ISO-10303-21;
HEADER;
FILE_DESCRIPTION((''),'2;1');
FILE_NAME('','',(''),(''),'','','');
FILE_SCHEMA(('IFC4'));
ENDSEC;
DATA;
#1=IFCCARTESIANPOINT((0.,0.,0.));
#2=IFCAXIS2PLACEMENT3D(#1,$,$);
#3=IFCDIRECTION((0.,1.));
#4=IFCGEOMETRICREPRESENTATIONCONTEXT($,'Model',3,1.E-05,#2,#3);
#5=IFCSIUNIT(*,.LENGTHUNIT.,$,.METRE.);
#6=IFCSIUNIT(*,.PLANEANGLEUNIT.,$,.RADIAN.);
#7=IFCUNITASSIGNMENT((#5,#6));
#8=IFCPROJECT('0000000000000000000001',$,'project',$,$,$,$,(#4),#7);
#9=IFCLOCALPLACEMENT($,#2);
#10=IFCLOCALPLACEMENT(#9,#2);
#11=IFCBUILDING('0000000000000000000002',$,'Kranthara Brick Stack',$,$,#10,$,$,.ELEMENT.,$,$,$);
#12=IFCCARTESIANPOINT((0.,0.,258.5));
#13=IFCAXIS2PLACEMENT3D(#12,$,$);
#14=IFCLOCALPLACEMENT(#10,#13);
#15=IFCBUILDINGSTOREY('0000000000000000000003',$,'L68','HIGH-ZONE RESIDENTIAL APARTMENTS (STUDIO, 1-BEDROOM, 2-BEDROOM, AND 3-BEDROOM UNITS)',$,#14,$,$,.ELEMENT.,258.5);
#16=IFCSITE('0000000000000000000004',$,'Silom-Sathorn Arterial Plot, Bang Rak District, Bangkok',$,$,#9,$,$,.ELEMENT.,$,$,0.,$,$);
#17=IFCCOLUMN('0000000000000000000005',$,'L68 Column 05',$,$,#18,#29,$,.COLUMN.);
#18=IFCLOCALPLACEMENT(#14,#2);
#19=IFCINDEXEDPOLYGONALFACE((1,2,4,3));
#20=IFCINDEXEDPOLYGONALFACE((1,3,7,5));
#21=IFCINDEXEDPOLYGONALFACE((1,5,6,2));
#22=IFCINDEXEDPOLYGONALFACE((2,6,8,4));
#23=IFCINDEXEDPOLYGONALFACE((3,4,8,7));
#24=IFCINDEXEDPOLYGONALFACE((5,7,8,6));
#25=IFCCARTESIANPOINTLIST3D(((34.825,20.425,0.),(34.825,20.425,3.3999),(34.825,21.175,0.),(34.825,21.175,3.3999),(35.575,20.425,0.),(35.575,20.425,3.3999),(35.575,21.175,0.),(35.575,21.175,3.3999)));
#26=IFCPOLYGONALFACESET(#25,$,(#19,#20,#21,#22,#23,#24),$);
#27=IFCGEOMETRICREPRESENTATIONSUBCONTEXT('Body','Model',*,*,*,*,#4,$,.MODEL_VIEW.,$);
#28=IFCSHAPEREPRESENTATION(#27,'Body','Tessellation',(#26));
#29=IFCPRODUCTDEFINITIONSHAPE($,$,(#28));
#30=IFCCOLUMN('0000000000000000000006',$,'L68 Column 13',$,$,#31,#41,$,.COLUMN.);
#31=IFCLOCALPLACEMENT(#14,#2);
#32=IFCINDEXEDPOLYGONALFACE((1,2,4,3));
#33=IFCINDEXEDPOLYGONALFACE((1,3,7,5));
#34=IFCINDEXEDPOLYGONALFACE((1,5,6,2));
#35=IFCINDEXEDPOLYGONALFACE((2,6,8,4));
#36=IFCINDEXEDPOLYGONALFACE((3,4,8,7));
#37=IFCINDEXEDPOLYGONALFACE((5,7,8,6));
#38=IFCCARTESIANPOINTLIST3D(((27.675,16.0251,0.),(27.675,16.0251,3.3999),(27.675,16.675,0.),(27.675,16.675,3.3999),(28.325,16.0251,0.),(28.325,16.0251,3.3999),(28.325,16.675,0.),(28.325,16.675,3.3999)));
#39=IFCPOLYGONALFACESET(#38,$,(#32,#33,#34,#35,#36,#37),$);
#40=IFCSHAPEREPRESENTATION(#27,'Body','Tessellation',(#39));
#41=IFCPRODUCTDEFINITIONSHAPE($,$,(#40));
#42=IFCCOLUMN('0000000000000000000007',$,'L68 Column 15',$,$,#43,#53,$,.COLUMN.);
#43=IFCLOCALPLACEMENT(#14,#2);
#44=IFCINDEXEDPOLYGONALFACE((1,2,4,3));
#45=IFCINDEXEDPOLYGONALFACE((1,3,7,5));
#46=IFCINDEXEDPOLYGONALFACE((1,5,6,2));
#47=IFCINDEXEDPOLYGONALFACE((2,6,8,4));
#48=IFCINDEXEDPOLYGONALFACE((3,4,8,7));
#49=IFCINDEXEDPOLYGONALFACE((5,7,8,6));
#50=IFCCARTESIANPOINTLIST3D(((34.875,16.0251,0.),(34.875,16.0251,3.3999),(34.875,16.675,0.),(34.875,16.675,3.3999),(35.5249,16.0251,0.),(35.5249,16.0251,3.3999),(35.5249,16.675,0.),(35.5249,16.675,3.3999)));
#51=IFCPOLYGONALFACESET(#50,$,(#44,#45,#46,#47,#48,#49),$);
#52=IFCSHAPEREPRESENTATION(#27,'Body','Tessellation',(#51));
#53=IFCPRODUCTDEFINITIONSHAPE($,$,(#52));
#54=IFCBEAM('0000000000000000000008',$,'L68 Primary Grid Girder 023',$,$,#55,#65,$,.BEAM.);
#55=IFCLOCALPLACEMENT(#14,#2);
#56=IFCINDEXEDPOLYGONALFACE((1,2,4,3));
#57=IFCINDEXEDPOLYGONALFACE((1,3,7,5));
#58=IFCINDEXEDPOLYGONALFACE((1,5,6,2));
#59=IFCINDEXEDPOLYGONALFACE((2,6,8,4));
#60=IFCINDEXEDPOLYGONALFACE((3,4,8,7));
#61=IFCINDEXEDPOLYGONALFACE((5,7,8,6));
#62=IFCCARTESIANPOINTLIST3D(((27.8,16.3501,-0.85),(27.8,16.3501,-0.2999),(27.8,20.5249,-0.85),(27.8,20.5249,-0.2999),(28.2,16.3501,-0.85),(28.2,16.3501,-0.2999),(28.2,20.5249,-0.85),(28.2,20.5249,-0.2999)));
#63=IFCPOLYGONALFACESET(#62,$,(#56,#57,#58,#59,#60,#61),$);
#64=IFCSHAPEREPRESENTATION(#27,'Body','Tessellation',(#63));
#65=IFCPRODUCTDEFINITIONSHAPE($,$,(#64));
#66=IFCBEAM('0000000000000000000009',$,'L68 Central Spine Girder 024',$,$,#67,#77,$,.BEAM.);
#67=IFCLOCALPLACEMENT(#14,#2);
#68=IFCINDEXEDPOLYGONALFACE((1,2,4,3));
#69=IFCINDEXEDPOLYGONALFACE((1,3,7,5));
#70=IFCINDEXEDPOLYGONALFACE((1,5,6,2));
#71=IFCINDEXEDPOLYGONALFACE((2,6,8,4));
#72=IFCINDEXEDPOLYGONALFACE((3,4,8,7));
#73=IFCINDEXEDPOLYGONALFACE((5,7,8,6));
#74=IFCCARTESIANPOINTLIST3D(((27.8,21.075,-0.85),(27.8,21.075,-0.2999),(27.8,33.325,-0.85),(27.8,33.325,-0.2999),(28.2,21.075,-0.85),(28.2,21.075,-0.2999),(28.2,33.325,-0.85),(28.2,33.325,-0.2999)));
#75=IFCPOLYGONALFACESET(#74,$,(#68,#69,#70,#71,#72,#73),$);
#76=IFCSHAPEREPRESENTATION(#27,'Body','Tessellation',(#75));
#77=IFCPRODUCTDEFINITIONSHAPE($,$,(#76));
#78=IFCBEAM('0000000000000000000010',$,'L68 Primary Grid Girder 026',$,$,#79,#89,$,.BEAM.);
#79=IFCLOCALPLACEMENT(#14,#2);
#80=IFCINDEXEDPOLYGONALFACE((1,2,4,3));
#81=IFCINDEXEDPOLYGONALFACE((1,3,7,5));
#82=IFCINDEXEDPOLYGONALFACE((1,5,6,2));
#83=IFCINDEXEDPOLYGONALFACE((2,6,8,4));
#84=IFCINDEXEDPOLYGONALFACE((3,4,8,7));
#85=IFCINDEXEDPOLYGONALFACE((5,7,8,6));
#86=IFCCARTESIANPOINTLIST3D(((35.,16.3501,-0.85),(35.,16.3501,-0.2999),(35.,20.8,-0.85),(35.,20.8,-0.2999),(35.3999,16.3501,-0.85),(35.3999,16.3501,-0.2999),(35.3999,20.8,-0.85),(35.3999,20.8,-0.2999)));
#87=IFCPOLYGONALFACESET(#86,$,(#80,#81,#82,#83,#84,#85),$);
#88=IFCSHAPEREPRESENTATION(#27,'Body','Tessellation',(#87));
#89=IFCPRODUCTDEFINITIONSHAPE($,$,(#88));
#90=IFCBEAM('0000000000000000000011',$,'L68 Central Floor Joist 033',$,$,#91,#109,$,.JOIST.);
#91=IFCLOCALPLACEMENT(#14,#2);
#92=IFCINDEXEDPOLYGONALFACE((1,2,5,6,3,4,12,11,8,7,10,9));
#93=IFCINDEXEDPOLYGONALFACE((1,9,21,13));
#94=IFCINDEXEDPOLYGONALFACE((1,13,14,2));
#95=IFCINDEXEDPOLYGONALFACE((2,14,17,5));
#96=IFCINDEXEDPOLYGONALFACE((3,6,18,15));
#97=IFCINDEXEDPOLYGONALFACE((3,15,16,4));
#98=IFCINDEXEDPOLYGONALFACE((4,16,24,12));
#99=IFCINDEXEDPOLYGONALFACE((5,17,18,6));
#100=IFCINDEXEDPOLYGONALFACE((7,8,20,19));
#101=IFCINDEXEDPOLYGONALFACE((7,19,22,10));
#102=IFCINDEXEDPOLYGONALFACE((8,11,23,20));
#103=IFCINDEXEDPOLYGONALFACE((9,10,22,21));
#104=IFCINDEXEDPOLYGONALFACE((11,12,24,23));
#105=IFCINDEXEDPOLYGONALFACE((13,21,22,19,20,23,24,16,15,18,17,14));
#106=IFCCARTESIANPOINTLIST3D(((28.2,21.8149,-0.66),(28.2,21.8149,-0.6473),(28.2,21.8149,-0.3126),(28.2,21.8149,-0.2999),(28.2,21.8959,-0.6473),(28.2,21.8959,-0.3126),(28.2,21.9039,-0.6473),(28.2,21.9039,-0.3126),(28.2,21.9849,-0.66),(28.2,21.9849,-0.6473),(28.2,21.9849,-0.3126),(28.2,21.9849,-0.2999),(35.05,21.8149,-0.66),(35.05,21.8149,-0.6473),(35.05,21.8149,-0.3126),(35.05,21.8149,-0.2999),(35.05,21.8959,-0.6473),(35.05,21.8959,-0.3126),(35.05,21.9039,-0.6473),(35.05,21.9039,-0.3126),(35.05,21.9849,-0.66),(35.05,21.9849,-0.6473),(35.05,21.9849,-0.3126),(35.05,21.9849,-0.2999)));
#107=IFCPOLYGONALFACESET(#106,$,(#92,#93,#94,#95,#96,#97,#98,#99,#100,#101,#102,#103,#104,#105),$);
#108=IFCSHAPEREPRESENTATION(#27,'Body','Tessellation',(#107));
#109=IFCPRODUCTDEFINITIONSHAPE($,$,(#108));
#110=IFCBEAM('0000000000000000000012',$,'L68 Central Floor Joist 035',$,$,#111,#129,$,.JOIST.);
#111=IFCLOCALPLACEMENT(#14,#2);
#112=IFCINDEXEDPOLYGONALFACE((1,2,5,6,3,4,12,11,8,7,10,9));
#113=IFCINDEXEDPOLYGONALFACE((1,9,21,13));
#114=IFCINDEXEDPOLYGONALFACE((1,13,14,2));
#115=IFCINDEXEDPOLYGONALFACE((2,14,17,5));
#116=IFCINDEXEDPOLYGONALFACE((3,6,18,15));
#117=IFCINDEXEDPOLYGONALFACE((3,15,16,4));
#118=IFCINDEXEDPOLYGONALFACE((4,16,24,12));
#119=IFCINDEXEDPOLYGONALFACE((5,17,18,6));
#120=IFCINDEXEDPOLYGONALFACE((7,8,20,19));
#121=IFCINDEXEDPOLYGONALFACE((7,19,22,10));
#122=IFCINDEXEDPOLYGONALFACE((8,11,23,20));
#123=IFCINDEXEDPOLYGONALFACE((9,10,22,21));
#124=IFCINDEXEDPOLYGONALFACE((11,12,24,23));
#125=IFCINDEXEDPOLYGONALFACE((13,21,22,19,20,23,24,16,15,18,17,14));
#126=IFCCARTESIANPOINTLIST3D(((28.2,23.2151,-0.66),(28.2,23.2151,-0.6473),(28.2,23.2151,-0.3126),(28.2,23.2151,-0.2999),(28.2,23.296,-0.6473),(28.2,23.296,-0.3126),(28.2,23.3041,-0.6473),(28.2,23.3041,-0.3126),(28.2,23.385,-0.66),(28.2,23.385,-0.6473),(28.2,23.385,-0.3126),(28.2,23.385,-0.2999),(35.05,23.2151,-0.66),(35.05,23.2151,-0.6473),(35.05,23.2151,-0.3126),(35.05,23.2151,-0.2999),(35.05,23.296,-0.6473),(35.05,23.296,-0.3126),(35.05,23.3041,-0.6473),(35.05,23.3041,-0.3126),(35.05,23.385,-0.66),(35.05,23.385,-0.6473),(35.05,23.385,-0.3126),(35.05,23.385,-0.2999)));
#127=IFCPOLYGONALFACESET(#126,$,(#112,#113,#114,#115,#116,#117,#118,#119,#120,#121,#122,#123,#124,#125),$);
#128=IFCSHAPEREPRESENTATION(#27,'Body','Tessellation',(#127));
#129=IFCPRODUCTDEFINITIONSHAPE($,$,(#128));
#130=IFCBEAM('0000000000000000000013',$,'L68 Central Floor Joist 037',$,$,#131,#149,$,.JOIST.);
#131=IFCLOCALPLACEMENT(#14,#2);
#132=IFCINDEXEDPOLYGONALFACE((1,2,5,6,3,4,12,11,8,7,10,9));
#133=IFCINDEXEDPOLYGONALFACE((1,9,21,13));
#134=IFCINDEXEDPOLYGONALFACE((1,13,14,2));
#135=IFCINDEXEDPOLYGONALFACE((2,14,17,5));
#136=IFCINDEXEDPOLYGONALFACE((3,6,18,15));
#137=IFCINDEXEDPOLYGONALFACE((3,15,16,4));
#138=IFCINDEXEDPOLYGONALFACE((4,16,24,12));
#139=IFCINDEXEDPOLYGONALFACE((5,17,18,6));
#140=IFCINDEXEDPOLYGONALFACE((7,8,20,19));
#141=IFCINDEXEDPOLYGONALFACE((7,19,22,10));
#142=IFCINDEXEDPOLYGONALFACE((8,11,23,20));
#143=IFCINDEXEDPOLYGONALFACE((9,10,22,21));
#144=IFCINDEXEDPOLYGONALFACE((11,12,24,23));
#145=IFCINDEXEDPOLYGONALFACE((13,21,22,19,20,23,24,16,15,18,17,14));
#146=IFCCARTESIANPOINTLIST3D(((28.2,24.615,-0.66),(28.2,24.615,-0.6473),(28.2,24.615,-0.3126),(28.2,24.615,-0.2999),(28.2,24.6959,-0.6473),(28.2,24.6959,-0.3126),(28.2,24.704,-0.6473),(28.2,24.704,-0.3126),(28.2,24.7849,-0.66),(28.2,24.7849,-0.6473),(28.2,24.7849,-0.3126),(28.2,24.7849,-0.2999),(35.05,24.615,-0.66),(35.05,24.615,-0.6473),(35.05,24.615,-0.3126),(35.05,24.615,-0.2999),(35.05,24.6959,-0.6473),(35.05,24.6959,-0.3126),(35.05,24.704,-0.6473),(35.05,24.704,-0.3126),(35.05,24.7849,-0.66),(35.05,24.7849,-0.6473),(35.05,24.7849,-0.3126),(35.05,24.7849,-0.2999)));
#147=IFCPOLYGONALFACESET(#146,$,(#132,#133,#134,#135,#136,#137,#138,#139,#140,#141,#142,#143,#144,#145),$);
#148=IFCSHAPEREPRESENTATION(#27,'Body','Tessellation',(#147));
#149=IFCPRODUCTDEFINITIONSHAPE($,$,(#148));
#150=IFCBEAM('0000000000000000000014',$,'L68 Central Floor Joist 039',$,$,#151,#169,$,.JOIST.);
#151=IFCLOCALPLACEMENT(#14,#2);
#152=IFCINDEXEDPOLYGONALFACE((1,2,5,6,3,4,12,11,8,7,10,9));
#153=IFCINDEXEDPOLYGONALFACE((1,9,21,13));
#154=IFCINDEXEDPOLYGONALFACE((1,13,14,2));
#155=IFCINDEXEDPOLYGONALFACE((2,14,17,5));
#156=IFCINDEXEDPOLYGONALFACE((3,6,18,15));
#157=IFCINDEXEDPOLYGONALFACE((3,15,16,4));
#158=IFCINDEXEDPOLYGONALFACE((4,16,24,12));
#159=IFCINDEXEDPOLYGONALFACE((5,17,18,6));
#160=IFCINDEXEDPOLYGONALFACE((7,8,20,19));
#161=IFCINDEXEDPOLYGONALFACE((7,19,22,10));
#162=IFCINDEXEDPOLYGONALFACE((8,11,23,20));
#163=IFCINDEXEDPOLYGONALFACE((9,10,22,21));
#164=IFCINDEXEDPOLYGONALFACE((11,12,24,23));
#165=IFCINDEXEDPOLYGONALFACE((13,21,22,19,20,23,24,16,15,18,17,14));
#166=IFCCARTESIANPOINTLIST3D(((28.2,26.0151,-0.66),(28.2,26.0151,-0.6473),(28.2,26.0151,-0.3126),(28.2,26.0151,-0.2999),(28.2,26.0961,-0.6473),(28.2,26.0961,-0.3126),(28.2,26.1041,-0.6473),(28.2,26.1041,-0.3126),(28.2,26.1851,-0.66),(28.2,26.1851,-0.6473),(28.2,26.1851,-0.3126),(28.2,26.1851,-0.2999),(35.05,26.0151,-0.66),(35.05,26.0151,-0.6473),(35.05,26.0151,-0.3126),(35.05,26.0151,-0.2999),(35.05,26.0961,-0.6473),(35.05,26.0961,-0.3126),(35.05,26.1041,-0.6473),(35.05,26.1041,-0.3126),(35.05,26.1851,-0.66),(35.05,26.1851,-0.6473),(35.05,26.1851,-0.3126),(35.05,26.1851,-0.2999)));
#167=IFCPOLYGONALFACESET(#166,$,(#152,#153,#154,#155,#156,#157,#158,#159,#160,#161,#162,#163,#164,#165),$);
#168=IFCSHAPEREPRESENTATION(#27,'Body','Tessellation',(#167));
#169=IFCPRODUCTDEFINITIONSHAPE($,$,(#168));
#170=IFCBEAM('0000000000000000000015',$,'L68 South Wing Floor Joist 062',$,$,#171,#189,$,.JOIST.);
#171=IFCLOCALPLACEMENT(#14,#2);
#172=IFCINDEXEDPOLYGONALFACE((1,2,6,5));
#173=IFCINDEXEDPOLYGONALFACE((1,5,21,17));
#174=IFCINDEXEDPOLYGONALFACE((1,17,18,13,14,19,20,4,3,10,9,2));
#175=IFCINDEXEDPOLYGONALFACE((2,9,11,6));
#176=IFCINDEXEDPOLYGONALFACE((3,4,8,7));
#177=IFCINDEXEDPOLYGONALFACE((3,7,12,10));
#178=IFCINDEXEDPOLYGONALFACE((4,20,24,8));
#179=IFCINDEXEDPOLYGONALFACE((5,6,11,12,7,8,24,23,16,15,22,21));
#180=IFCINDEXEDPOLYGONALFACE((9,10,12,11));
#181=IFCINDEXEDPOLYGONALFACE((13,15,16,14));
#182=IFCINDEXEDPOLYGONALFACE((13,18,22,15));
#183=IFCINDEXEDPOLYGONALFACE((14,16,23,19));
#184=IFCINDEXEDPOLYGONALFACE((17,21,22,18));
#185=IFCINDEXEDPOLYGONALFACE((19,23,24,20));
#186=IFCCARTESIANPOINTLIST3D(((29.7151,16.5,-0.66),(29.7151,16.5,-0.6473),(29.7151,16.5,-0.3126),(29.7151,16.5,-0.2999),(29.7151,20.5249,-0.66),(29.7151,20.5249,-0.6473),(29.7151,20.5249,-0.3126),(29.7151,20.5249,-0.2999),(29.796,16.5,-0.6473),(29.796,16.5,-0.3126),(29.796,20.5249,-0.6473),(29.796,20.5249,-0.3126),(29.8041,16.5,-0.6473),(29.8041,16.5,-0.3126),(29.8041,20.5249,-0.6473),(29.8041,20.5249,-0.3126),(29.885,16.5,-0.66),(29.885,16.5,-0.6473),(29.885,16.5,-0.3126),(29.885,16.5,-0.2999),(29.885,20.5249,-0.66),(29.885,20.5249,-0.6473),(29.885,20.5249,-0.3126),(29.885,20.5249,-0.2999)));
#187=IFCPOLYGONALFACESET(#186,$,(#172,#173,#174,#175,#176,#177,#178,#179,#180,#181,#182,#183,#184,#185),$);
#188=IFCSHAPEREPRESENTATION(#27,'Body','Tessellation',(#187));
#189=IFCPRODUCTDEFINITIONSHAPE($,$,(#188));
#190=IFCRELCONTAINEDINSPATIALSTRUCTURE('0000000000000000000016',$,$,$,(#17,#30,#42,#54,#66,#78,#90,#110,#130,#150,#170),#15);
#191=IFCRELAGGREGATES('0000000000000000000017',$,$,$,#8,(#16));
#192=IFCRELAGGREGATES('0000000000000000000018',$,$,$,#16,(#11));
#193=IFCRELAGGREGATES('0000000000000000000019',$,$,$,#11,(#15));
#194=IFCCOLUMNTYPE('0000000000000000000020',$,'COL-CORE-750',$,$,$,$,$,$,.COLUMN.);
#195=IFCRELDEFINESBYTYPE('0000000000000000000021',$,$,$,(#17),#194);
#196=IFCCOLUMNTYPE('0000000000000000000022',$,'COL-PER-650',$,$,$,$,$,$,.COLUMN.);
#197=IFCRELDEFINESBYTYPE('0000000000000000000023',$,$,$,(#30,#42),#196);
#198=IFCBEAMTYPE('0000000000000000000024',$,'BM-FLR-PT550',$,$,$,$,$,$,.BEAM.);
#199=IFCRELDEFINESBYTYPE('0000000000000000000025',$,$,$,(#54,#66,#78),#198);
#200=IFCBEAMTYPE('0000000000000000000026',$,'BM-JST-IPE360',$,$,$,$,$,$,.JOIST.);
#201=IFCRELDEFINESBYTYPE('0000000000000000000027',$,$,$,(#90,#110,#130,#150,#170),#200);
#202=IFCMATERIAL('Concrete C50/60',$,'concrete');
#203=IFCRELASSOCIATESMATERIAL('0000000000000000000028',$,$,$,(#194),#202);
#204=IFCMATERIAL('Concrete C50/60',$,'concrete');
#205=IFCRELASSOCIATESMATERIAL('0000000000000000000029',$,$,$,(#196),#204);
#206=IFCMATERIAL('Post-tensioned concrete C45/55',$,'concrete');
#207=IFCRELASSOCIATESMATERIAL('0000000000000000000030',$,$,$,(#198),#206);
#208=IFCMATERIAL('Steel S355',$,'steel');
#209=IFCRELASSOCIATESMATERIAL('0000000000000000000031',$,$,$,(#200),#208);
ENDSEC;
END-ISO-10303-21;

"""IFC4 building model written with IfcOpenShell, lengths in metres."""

from ifc_helpers import new_model, si_unit, direction, frame, origin, origin_2d, place, context, subcontext, project, spatial, rectangle, i_section, extrude, material, material_profile, profile_set, type_object, element, save


model = new_model("IFC4")

# Units and contexts
model_context = context("Model", 3, precision=1e-05, world=origin(), true_north=direction((0.0, 1.0)))
body_context = subcontext(model_context, "Body", "Model", "MODEL_VIEW")
ifc_project = project(units=[si_unit("LENGTHUNIT", "METRE"), si_unit("PLANEANGLEUNIT", "RADIAN")], contexts=[model_context])

# Site, building, storey
site_placement = place(None, origin())
site = spatial("IfcSite", under=ifc_project, at=site_placement, Name="Silom-Sathorn Arterial Plot, Bang Rak District, Bangkok", CompositionType="ELEMENT", RefElevation=0.0)
building_placement = place(site_placement, origin())
building = spatial("IfcBuilding", under=site, at=building_placement, Name="Kranthara Brick Stack", CompositionType="ELEMENT")
storey_placement = place(building_placement, frame((0.0, 0.0, 258.5)))
storey = spatial("IfcBuildingStorey", under=building, at=storey_placement, Name="L68", Description="HIGH-ZONE RESIDENTIAL APARTMENTS (STUDIO, 1-BEDROOM, 2-BEDROOM, AND 3-BEDROOM UNITS)", CompositionType="ELEMENT", Elevation=258.5)

# Columns
ifc_material_1 = material(Name="Concrete C50/60", Category="concrete")
ifc_material_profile_1 = material_profile(ifc_material_1, rectangle(XDim=0.75, YDim=0.75, at=origin_2d()), Name="RC 750x750")
ifc_profile_set_1 = profile_set([ifc_material_profile_1], Name="Concrete C50/60")
column_type_1 = type_object("IfcColumnType", Name="COL-CORE-750", PredefinedType="COLUMN", material=ifc_profile_set_1)
column_placement = place(storey_placement, frame((35.2, 20.8, 0.0), z_axis=(0.0, 0.0, 1.0), x_axis=(1.0, 0.0, 0.0)))
element("IfcColumn", 1, at=column_placement, inside=storey, type_object=column_type_1, Name="L68 Column 05", PredefinedType="COLUMN", context=body_context, shape_type="SweptSolid", body=[
    extrude(rectangle(XDim=0.75, YDim=0.75, at=origin_2d()), origin(), (0.0, 0.0, 1.0), 3.3999),
])
ifc_material_2 = material(Name="Concrete C50/60", Category="concrete")
ifc_material_profile_2 = material_profile(ifc_material_2, rectangle(XDim=0.6499, YDim=0.6499, at=origin_2d()), Name="RC 650x650")
ifc_profile_set_2 = profile_set([ifc_material_profile_2], Name="Concrete C50/60")
column_type_2 = type_object("IfcColumnType", Name="COL-PER-650", PredefinedType="COLUMN", material=ifc_profile_set_2)
for number, where, z_axis, x_axis, name in (
    (2, (28.0, 16.3501, 0.0), (0.0, 0.0, 1.0), (1.0, 0.0, 0.0), "L68 Column 13"),
    (3, (35.2, 16.3501, 0.0), (0.0, 0.0, 1.0), (1.0, 0.0, 0.0), "L68 Column 15"),
):
    element("IfcColumn", number, at=place(storey_placement, frame(where, z_axis=z_axis, x_axis=x_axis)), inside=storey, type_object=column_type_2, Name=name, PredefinedType="COLUMN", context=body_context, shape_type="SweptSolid", body=[
        extrude(rectangle(XDim=0.6499, YDim=0.6499, at=origin_2d()), origin(), (0.0, 0.0, 1.0), 3.3999),
    ])

# Beams
ifc_material_3 = material(Name="Post-tensioned concrete C45/55", Category="concrete")
ifc_material_profile_3 = material_profile(ifc_material_3, rectangle(XDim=0.3999, YDim=0.55, at=origin_2d()), Name="PT 400x550")
ifc_profile_set_3 = profile_set([ifc_material_profile_3], Name="Post-tensioned concrete C45/55")
beam_type_1 = type_object("IfcBeamType", Name="BM-FLR-PT550", PredefinedType="BEAM", material=ifc_profile_set_3)
beam_1_placement = place(storey_placement, frame((28.0, 16.3501, -0.575), z_axis=(0.0, 1.0, 0.0), x_axis=(-1.0, 0.0, 0.0)))
element("IfcBeam", 4, at=beam_1_placement, inside=storey, type_object=beam_type_1, Name="L68 Primary Grid Girder 023", PredefinedType="BEAM", context=body_context, shape_type="SweptSolid", body=[
    extrude(rectangle(XDim=0.3999, YDim=0.55, at=origin_2d()), origin(), (0.0, 0.0, 1.0), 4.1748),
])
beam_2_placement = place(storey_placement, frame((28.0, 21.075, -0.575), z_axis=(0.0, 1.0, 0.0), x_axis=(-1.0, 0.0, 0.0)))
element("IfcBeam", 5, at=beam_2_placement, inside=storey, type_object=beam_type_1, Name="L68 Central Spine Girder 024", PredefinedType="BEAM", context=body_context, shape_type="SweptSolid", body=[
    extrude(rectangle(XDim=0.3999, YDim=0.55, at=origin_2d()), origin(), (0.0, 0.0, 1.0), 12.25),
])
beam_3_placement = place(storey_placement, frame((35.2, 16.3501, -0.575), z_axis=(0.0, 1.0, 0.0), x_axis=(-1.0, 0.0, 0.0)))
element("IfcBeam", 6, at=beam_3_placement, inside=storey, type_object=beam_type_1, Name="L68 Primary Grid Girder 026", PredefinedType="BEAM", context=body_context, shape_type="SweptSolid", body=[
    extrude(rectangle(XDim=0.3999, YDim=0.55, at=origin_2d()), origin(), (0.0, 0.0, 1.0), 4.45),
])
ifc_material_4 = material(Name="Steel S355", Category="steel")
ifc_material_profile_4 = material_profile(ifc_material_4, i_section(OverallWidth=0.1699, OverallDepth=0.3601, WebThickness=0.0081, FlangeThickness=0.0127, at=origin_2d()), Name="IPE 360")
ifc_profile_set_4 = profile_set([ifc_material_profile_4], Name="Steel S355")
beam_type_2 = type_object("IfcBeamType", Name="BM-JST-IPE360", PredefinedType="JOIST", material=ifc_profile_set_4)
for number, where, z_axis, x_axis, name in (
    (7, (28.2, 21.8999, -0.48), (1.0, 0.0, 0.0), (0.0, 1.0, 0.0), "L68 Central Floor Joist 033"),
    (8, (28.2, 23.3, -0.48), (1.0, 0.0, 0.0), (0.0, 1.0, 0.0), "L68 Central Floor Joist 035"),
    (9, (28.2, 24.7, -0.48), (1.0, 0.0, 0.0), (0.0, 1.0, 0.0), "L68 Central Floor Joist 037"),
    (10, (28.2, 26.1001, -0.48), (1.0, 0.0, 0.0), (0.0, 1.0, 0.0), "L68 Central Floor Joist 039"),
):
    element("IfcBeam", number, at=place(storey_placement, frame(where, z_axis=z_axis, x_axis=x_axis)), inside=storey, type_object=beam_type_2, Name=name, PredefinedType="JOIST", context=body_context, shape_type="SweptSolid", body=[
        extrude(i_section(OverallWidth=0.1699, OverallDepth=0.3601, WebThickness=0.0081, FlangeThickness=0.0127, at=origin_2d()), origin(), (0.0, 0.0, 1.0), 6.8501),
    ])
for number, where, z_axis, x_axis, name in (
    (11, (29.8, 16.5, -0.48), (0.0, 1.0, 0.0), (-1.0, 0.0, 0.0), "L68 South Wing Floor Joist 062"),
):
    element("IfcBeam", number, at=place(storey_placement, frame(where, z_axis=z_axis, x_axis=x_axis)), inside=storey, type_object=beam_type_2, Name=name, PredefinedType="JOIST", context=body_context, shape_type="SweptSolid", body=[
        extrude(i_section(OverallWidth=0.1699, OverallDepth=0.3601, WebThickness=0.0081, FlangeThickness=0.0127, at=origin_2d()), origin(), (0.0, 0.0, 1.0), 4.0249),
    ])

save(model, "model.ifc")
